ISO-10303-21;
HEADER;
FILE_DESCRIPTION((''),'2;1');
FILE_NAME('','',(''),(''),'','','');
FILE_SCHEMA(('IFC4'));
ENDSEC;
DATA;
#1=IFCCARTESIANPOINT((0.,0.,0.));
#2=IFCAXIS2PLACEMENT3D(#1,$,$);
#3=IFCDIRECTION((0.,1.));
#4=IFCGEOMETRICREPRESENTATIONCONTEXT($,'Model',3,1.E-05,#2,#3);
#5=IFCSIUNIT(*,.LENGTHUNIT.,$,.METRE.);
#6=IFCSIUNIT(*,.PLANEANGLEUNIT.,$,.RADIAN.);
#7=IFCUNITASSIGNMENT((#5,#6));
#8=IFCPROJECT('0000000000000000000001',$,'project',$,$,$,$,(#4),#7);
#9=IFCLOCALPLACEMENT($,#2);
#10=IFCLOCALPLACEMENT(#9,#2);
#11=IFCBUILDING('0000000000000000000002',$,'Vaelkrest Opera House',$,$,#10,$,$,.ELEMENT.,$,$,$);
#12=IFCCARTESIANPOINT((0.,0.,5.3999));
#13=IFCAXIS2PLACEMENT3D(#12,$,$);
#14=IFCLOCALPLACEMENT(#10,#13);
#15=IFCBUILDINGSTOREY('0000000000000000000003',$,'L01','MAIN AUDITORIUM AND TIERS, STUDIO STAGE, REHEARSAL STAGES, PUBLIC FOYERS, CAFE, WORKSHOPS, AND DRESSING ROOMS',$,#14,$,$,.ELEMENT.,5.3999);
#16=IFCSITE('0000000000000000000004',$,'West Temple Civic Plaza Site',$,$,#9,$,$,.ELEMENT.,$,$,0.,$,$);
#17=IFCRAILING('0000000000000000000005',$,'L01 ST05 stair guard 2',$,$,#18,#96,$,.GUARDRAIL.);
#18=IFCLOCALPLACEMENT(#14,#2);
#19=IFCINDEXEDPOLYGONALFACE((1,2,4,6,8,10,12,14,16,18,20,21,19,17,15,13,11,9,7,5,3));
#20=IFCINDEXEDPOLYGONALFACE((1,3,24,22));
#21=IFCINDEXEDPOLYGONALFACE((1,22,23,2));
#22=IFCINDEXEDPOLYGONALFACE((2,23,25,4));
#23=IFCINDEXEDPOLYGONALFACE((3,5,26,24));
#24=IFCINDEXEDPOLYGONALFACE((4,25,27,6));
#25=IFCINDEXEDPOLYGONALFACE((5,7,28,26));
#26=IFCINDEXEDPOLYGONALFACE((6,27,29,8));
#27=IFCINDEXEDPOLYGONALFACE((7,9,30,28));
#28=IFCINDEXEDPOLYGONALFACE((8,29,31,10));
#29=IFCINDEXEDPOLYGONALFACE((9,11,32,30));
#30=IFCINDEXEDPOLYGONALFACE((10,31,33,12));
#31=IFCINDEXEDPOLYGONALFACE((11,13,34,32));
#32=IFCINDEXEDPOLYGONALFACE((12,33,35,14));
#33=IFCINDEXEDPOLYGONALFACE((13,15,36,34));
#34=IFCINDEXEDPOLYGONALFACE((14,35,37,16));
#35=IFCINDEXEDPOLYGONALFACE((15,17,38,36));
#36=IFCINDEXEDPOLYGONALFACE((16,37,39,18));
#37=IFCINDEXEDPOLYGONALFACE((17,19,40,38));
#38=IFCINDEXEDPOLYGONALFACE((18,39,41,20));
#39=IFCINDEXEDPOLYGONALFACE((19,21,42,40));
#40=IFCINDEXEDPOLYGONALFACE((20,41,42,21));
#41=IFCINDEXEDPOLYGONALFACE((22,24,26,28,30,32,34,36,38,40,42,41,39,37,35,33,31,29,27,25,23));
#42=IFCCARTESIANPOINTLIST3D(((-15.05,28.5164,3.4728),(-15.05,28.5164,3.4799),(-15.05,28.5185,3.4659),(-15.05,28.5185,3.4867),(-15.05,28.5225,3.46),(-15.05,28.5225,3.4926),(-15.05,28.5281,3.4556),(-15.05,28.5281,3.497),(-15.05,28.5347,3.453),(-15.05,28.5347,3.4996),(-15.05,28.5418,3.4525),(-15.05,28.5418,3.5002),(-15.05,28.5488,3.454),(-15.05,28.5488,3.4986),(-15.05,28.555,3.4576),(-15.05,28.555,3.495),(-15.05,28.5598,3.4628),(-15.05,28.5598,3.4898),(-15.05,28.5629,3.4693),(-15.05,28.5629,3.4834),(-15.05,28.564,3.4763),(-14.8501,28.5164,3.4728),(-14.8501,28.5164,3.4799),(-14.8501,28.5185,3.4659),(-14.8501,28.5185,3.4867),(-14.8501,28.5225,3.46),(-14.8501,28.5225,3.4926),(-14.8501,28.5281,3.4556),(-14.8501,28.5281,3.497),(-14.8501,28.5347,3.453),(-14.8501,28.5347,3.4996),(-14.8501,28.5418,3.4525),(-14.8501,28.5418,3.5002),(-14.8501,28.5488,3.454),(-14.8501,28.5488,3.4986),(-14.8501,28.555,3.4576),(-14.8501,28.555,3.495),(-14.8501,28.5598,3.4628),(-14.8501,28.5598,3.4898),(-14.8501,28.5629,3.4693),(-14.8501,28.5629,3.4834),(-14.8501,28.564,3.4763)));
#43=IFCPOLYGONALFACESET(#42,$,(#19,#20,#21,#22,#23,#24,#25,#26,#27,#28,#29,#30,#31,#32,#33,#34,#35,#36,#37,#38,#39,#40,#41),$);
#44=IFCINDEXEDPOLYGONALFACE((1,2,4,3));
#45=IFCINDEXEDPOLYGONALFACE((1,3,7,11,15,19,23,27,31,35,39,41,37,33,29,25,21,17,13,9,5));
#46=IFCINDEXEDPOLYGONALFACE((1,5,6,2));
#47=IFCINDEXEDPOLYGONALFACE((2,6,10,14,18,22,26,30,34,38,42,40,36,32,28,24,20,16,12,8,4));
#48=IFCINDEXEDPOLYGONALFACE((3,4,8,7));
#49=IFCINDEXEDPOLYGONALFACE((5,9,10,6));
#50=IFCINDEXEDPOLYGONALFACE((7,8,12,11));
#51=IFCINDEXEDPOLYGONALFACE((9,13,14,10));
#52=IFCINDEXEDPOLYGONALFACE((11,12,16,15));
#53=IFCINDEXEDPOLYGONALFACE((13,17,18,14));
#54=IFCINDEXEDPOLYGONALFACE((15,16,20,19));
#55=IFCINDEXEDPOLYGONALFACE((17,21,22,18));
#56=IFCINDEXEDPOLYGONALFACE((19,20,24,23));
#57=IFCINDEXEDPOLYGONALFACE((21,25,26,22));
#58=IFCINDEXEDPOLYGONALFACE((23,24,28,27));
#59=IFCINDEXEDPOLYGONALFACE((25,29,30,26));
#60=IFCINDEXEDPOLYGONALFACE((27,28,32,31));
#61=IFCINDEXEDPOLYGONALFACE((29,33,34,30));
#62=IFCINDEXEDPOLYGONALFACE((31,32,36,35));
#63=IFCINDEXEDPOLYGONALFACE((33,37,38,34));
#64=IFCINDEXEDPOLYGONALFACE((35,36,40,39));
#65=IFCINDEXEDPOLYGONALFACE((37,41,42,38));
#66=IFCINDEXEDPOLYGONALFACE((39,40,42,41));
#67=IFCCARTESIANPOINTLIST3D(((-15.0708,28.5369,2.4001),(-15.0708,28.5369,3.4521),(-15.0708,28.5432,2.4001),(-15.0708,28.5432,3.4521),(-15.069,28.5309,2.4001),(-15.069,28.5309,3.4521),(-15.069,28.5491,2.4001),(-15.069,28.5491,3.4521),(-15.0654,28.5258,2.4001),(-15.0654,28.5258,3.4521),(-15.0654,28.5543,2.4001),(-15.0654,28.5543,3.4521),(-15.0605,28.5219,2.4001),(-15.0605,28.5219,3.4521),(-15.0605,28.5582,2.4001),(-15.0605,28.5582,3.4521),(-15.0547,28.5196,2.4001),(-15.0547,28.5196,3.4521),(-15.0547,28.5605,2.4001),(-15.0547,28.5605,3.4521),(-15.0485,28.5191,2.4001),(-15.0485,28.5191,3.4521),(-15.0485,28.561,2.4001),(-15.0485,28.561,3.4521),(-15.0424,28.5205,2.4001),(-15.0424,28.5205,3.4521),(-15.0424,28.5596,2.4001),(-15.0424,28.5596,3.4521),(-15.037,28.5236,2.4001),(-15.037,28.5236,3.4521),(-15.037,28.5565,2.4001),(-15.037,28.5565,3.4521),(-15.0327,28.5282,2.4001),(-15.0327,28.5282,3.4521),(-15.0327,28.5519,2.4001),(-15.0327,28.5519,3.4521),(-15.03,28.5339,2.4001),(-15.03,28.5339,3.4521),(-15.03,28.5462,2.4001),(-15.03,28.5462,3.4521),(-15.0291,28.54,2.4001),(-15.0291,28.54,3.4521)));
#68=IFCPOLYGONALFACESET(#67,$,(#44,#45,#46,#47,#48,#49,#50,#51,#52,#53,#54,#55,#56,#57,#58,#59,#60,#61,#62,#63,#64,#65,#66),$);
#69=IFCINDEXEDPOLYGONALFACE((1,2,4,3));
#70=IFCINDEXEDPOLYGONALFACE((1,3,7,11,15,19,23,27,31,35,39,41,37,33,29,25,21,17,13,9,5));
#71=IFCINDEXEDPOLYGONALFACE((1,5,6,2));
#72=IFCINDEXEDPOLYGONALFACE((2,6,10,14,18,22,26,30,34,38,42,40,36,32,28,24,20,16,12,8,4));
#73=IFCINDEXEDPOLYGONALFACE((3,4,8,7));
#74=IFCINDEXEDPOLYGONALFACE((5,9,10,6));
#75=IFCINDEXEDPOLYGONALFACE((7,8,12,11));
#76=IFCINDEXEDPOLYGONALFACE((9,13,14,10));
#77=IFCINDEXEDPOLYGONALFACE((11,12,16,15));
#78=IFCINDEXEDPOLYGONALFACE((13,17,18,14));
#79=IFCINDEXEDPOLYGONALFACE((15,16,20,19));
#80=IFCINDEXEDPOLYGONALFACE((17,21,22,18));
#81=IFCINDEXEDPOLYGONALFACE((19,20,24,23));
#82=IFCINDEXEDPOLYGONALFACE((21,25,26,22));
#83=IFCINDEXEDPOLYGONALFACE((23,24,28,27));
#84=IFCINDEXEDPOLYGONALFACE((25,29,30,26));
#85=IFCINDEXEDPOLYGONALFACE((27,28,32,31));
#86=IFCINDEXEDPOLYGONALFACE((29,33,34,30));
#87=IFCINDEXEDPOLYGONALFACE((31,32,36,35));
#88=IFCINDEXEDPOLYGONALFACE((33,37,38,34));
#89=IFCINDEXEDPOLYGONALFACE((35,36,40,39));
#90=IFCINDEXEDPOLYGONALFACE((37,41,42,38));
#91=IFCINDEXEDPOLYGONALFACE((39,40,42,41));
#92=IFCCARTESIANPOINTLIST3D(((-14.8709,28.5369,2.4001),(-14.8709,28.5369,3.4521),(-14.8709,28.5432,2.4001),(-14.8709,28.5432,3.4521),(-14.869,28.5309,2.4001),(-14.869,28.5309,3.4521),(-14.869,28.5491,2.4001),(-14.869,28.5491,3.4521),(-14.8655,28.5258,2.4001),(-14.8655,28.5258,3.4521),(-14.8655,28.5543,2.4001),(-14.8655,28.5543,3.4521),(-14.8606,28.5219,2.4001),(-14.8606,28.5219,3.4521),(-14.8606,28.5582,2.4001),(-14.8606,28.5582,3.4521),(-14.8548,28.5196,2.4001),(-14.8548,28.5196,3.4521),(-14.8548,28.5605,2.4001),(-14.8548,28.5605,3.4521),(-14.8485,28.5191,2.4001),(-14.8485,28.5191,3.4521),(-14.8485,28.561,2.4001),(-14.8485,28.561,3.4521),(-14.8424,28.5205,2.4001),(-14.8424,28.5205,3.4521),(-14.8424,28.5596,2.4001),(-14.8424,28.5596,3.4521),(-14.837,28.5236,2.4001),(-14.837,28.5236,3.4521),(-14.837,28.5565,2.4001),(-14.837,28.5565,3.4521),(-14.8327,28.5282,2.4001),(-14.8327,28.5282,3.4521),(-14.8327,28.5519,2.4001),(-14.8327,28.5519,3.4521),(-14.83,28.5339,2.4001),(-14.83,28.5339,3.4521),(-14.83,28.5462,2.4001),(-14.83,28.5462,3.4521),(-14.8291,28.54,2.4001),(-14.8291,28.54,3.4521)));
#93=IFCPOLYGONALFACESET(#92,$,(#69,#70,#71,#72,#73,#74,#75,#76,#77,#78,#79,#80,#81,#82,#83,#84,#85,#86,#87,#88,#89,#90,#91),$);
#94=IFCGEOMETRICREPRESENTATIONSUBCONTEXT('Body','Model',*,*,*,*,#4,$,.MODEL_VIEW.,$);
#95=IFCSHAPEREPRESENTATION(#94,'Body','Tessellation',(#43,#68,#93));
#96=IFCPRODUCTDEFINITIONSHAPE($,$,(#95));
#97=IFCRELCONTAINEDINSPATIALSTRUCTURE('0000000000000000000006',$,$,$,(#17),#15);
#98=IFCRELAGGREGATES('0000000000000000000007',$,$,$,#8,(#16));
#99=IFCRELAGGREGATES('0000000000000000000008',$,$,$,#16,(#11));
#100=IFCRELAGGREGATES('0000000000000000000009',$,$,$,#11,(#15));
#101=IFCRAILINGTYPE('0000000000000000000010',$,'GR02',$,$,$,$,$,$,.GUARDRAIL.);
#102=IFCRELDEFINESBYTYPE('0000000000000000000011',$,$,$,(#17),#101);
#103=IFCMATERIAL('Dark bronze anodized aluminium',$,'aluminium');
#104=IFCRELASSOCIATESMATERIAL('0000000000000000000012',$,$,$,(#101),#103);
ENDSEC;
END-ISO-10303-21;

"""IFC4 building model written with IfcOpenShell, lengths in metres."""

from ifc_helpers import new_model, si_unit, direction, frame, origin, origin_2d, place, context, subcontext, project, spatial, circle, extrude, material, type_object, element, save


model = new_model("IFC4")

# Units and contexts
model_context = context("Model", 3, precision=1e-05, world=origin(), true_north=direction((0.0, 1.0)))
body_context = subcontext(model_context, "Body", "Model", "MODEL_VIEW")
ifc_project = project(units=[si_unit("LENGTHUNIT", "METRE"), si_unit("PLANEANGLEUNIT", "RADIAN")], contexts=[model_context])

# Site, building, storey
site_placement = place(None, origin())
site = spatial("IfcSite", under=ifc_project, at=site_placement, Name="West Temple Civic Plaza Site", CompositionType="ELEMENT", RefElevation=0.0)
building_placement = place(site_placement, origin())
building = spatial("IfcBuilding", under=site, at=building_placement, Name="Vaelkrest Opera House", CompositionType="ELEMENT")
storey_placement = place(building_placement, frame((0.0, 0.0, 5.3999)))
storey = spatial("IfcBuildingStorey", under=building, at=storey_placement, Name="L01", Description="MAIN AUDITORIUM AND TIERS, STUDIO STAGE, REHEARSAL STAGES, PUBLIC FOYERS, CAFE, WORKSHOPS, AND DRESSING ROOMS", CompositionType="ELEMENT", Elevation=5.3999)

# Railing
ifc_material_1 = material(Name="Dark bronze anodized aluminium", Category="aluminium")
railing_type_1 = type_object("IfcRailingType", Name="GR02", PredefinedType="GUARDRAIL", material=ifc_material_1)
railing_1_placement = place(storey_placement, frame((-15.05, 28.54, 2.4001)))
element("IfcRailing", 1, at=railing_1_placement, inside=storey, type_object=railing_type_1, Name="L01 ST05 stair guard 2", PredefinedType="GUARDRAIL", context=body_context, shape_type="SweptSolid", body=[
    extrude(circle(Radius=0.0239, at=origin_2d()), frame((0.0, 0.0, 1.0762), z_axis=(1.0, 0.0, 0.0), x_axis=(0.0, 1.0, 0.0)), (0.0, 0.0, 1.0), 0.2),
    extrude(circle(Radius=0.021, at=origin_2d()), origin(), (0.0, 0.0, 1.0), 1.052),
    extrude(circle(Radius=0.021, at=origin_2d()), frame((0.2, 0.0, 0.0)), (0.0, 0.0, 1.0), 1.052),
])

save(model, "model.ifc")
